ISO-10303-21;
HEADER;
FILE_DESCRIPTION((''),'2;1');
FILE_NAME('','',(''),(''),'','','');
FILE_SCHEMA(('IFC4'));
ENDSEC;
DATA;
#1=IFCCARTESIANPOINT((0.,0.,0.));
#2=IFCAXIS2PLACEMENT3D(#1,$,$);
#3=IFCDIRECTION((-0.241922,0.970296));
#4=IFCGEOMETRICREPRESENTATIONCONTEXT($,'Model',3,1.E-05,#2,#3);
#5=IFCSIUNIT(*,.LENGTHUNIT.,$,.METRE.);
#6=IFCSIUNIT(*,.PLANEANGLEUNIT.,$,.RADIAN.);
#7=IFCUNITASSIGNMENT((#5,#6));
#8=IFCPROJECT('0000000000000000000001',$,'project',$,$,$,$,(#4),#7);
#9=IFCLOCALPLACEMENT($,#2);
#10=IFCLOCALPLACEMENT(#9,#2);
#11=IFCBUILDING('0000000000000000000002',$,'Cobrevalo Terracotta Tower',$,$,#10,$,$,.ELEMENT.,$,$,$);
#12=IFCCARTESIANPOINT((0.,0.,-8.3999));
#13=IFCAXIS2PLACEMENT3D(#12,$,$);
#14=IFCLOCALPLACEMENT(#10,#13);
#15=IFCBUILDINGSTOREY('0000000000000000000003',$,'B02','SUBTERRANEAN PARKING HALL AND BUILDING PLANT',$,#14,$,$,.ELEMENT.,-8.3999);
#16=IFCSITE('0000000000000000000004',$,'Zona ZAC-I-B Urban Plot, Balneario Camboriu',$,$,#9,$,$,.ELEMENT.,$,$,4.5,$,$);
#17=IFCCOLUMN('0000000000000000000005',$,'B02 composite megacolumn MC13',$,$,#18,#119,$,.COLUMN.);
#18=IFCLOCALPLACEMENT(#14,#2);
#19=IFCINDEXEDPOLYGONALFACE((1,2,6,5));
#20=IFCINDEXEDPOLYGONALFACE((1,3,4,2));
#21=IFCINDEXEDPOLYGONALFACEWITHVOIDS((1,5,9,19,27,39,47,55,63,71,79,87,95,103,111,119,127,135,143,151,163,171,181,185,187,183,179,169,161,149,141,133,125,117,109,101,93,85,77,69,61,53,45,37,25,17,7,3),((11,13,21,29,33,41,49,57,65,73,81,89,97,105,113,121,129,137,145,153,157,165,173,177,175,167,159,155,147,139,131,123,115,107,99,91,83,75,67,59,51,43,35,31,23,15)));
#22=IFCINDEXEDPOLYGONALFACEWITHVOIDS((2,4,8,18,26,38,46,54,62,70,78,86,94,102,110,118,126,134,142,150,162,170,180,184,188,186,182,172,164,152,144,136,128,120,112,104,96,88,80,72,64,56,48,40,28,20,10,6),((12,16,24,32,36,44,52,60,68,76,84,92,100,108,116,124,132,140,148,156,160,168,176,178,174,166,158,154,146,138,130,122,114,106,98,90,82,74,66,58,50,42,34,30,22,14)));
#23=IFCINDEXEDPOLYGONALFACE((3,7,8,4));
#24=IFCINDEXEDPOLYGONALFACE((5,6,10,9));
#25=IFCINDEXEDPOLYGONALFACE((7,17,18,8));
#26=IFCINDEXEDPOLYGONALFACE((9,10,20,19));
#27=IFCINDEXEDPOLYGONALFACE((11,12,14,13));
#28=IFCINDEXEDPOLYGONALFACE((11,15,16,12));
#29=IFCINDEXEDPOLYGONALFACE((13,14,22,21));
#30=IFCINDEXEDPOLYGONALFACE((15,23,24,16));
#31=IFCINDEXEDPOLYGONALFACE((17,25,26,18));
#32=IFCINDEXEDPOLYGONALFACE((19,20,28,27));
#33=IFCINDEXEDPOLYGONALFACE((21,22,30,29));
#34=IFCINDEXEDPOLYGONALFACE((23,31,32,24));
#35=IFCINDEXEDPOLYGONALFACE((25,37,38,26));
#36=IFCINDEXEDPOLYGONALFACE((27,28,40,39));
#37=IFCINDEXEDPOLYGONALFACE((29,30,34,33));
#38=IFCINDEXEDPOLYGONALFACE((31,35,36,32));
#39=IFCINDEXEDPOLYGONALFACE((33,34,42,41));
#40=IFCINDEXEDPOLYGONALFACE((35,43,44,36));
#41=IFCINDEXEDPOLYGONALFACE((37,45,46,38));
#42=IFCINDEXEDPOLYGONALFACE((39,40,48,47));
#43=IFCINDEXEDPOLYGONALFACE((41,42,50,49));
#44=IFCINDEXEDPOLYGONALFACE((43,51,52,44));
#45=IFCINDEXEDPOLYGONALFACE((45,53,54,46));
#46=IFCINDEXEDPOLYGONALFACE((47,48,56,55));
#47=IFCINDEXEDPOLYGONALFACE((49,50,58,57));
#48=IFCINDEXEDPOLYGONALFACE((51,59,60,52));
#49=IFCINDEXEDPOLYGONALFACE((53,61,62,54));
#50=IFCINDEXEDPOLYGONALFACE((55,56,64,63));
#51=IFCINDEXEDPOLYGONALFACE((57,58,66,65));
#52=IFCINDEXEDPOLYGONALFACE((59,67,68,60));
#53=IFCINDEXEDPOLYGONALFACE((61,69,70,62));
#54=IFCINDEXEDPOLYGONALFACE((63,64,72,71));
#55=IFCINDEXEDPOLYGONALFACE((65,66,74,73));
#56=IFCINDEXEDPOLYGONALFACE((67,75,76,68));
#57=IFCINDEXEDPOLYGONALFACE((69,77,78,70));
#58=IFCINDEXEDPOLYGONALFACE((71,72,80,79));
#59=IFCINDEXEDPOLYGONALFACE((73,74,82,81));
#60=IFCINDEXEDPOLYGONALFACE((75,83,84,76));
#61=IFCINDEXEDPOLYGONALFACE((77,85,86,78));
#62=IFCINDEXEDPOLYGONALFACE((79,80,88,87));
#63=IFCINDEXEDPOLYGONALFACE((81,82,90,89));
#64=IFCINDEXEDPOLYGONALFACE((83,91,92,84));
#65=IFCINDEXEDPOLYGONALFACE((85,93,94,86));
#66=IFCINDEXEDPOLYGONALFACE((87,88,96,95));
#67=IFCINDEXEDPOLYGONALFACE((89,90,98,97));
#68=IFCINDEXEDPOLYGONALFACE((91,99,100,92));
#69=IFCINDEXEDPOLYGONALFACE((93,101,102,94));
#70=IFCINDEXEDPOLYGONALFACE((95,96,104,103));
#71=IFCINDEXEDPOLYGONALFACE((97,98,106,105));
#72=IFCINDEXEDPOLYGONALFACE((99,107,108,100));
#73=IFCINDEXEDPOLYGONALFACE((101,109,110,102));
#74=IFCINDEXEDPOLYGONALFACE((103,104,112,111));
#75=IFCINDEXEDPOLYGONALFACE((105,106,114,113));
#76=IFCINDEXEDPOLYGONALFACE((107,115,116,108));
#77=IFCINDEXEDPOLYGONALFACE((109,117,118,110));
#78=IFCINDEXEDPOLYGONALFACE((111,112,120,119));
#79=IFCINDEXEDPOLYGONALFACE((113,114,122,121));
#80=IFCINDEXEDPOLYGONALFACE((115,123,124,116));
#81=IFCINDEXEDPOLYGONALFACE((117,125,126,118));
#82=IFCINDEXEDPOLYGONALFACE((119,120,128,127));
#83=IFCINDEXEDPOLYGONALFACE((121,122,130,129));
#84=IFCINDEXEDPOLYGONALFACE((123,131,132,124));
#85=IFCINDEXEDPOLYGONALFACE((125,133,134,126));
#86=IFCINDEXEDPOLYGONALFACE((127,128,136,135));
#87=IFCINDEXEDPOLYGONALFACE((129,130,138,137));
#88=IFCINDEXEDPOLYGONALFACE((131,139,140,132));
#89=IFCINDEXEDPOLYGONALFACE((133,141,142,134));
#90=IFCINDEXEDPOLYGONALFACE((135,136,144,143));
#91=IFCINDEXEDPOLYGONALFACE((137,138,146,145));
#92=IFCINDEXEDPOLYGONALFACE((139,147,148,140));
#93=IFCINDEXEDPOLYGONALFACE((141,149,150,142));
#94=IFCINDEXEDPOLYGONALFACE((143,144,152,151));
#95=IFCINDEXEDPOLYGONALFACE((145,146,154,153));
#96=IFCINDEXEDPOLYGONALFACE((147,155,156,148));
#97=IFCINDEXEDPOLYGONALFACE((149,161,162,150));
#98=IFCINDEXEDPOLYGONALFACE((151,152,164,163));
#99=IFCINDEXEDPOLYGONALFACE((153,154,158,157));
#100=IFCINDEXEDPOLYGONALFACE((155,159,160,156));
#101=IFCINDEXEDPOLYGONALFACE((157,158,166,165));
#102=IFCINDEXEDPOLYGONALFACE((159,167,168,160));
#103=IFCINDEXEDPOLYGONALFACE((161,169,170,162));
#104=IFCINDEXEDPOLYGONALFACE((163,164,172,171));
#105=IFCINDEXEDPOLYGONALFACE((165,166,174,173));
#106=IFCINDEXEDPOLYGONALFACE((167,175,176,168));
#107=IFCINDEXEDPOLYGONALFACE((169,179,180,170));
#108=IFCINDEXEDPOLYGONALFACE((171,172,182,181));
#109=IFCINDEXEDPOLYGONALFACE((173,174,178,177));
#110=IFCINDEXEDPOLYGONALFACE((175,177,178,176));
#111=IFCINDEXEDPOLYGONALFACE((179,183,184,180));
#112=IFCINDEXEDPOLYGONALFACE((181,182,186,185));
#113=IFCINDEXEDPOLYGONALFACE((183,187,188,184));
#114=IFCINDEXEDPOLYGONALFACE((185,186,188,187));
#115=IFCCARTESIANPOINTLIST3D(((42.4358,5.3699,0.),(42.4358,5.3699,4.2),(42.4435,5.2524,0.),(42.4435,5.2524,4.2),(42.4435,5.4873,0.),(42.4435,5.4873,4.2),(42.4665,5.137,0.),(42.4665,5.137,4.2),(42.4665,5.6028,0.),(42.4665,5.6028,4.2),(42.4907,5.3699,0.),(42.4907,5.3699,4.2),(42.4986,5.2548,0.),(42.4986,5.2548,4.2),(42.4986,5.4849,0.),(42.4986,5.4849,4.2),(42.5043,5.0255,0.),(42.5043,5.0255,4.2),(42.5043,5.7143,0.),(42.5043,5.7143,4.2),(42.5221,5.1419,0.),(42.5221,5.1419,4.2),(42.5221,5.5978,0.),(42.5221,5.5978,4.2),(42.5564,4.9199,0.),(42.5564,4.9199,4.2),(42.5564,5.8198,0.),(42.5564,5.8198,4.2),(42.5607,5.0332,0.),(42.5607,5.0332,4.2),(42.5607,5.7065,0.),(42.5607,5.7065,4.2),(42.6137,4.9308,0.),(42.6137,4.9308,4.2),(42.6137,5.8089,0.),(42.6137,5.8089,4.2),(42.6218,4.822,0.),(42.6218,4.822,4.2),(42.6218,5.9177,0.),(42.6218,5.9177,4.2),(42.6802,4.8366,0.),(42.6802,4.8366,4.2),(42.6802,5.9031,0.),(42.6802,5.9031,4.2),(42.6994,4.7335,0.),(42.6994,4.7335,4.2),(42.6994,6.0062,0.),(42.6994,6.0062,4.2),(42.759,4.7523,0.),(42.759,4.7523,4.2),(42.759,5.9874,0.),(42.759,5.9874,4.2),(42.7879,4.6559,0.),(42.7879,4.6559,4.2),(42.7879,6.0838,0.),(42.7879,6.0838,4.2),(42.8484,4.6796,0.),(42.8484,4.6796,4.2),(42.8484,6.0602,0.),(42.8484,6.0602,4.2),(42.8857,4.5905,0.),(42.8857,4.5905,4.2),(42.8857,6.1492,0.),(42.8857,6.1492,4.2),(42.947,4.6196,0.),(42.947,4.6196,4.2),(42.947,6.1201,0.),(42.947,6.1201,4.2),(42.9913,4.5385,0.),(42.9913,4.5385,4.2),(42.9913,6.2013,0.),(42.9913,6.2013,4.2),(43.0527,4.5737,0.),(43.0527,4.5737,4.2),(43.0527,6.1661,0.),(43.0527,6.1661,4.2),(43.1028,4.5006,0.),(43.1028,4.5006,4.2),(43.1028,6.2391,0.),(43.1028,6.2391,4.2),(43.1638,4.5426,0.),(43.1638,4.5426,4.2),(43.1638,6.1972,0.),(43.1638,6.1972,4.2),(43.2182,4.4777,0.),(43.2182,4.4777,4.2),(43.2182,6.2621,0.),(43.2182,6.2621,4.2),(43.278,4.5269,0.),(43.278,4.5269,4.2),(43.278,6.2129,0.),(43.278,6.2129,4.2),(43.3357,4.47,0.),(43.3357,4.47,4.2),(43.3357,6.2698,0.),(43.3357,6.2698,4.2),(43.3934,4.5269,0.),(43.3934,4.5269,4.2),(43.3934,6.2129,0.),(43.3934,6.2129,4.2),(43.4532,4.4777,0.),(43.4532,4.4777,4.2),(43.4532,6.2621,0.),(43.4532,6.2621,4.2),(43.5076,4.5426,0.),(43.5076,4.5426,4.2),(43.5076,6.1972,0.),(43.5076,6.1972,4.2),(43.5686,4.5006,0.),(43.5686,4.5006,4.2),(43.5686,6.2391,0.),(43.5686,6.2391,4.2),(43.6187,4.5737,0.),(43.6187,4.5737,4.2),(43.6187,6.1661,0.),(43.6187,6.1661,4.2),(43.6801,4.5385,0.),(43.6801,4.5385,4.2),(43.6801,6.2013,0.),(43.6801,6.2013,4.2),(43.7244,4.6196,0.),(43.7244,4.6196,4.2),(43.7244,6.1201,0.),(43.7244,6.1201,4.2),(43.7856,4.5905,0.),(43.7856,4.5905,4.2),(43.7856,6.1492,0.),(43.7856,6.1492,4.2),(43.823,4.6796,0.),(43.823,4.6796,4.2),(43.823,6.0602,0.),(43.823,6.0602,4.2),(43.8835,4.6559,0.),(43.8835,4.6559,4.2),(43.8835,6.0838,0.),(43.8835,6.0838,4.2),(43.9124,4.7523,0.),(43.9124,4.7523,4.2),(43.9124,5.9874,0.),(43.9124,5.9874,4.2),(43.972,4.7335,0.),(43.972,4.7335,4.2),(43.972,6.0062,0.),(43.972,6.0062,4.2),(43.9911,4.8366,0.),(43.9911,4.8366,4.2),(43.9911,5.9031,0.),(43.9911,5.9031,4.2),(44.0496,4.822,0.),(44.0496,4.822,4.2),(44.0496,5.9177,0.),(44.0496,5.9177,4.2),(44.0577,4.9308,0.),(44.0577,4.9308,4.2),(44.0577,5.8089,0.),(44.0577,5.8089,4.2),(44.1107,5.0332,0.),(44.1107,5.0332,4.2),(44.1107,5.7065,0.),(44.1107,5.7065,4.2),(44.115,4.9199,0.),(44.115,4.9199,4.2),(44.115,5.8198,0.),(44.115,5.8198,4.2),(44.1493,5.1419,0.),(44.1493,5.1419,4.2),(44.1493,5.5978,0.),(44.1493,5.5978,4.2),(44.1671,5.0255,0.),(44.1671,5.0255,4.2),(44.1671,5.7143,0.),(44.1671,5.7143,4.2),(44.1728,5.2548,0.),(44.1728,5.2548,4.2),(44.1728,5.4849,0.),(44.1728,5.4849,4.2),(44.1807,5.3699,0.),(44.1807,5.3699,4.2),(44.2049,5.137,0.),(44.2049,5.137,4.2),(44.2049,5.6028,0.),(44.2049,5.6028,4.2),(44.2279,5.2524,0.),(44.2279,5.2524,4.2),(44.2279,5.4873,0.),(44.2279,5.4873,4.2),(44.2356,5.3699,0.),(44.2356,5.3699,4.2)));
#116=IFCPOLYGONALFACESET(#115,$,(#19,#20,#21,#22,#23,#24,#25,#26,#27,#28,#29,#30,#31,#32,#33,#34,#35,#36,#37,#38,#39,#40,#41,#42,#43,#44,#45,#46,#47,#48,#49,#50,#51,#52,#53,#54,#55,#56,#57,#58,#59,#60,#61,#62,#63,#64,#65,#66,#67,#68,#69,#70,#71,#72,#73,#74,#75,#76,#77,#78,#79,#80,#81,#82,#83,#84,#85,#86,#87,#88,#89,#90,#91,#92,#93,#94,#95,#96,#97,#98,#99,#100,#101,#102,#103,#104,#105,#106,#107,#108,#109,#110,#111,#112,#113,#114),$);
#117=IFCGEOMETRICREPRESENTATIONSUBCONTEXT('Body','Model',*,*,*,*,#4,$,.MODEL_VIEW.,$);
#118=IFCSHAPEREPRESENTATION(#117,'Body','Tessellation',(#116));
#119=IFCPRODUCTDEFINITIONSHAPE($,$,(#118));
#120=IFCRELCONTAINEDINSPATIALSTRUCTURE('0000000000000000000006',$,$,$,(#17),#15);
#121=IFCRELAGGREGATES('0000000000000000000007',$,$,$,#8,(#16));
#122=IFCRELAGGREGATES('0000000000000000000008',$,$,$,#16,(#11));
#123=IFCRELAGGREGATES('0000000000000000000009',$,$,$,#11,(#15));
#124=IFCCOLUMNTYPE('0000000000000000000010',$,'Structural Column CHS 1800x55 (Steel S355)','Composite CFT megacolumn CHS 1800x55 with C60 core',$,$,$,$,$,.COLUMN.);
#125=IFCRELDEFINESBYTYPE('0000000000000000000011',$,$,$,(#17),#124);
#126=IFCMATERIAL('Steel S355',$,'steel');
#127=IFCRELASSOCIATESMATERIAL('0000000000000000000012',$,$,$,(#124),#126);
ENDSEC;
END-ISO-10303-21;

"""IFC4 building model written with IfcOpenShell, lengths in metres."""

from ifc_helpers import new_model, si_unit, direction, frame, origin, origin_2d, place, context, subcontext, project, spatial, hollow_circle, extrude, material, material_profile, profile_set, type_object, element, save


model = new_model("IFC4")

# Units and contexts
model_context = context("Model", 3, precision=1e-05, world=origin(), true_north=direction((-0.241922, 0.970296)))
body_context = subcontext(model_context, "Body", "Model", "MODEL_VIEW")
ifc_project = project(units=[si_unit("LENGTHUNIT", "METRE"), si_unit("PLANEANGLEUNIT", "RADIAN")], contexts=[model_context])

# Site, building, storey
site_placement = place(None, origin())
site = spatial("IfcSite", under=ifc_project, at=site_placement, Name="Zona ZAC-I-B Urban Plot, Balneario Camboriu", CompositionType="ELEMENT", RefElevation=4.5)
building_placement = place(site_placement, origin())
building = spatial("IfcBuilding", under=site, at=building_placement, Name="Cobrevalo Terracotta Tower", CompositionType="ELEMENT")
storey_placement = place(building_placement, frame((0.0, 0.0, -8.3999)))
storey = spatial("IfcBuildingStorey", under=building, at=storey_placement, Name="B02", Description="SUBTERRANEAN PARKING HALL AND BUILDING PLANT", CompositionType="ELEMENT", Elevation=-8.3999)

# Column
ifc_material_1 = material(Name="Steel S355", Category="steel")
ifc_material_profile_1 = material_profile(ifc_material_1, hollow_circle(Radius=0.8999, WallThickness=0.0549, at=origin_2d()), Name="CHS 1800x55")
ifc_profile_set_1 = profile_set([ifc_material_profile_1], Name="Steel S355")
column_type_1 = type_object("IfcColumnType", Name="Structural Column CHS 1800x55 (Steel S355)", Description="Composite CFT megacolumn CHS 1800x55 with C60 core", PredefinedType="COLUMN", material=ifc_profile_set_1)
for number, where, z_axis, x_axis, name in (
    (1, (43.3357, 5.3699, 0.0), (0.0, 0.0, 1.0), (1.0, 0.0, 0.0), "B02 composite megacolumn MC13"),
):
    element("IfcColumn", number, at=place(storey_placement, frame(where, z_axis=z_axis, x_axis=x_axis)), inside=storey, type_object=column_type_1, Name=name, PredefinedType="COLUMN", context=body_context, shape_type="SweptSolid", body=[
        extrude(hollow_circle(Radius=0.8999, WallThickness=0.0549, at=origin_2d()), origin(), (0.0, 0.0, 1.0), 4.2),
    ])

save(model, "model.ifc")
